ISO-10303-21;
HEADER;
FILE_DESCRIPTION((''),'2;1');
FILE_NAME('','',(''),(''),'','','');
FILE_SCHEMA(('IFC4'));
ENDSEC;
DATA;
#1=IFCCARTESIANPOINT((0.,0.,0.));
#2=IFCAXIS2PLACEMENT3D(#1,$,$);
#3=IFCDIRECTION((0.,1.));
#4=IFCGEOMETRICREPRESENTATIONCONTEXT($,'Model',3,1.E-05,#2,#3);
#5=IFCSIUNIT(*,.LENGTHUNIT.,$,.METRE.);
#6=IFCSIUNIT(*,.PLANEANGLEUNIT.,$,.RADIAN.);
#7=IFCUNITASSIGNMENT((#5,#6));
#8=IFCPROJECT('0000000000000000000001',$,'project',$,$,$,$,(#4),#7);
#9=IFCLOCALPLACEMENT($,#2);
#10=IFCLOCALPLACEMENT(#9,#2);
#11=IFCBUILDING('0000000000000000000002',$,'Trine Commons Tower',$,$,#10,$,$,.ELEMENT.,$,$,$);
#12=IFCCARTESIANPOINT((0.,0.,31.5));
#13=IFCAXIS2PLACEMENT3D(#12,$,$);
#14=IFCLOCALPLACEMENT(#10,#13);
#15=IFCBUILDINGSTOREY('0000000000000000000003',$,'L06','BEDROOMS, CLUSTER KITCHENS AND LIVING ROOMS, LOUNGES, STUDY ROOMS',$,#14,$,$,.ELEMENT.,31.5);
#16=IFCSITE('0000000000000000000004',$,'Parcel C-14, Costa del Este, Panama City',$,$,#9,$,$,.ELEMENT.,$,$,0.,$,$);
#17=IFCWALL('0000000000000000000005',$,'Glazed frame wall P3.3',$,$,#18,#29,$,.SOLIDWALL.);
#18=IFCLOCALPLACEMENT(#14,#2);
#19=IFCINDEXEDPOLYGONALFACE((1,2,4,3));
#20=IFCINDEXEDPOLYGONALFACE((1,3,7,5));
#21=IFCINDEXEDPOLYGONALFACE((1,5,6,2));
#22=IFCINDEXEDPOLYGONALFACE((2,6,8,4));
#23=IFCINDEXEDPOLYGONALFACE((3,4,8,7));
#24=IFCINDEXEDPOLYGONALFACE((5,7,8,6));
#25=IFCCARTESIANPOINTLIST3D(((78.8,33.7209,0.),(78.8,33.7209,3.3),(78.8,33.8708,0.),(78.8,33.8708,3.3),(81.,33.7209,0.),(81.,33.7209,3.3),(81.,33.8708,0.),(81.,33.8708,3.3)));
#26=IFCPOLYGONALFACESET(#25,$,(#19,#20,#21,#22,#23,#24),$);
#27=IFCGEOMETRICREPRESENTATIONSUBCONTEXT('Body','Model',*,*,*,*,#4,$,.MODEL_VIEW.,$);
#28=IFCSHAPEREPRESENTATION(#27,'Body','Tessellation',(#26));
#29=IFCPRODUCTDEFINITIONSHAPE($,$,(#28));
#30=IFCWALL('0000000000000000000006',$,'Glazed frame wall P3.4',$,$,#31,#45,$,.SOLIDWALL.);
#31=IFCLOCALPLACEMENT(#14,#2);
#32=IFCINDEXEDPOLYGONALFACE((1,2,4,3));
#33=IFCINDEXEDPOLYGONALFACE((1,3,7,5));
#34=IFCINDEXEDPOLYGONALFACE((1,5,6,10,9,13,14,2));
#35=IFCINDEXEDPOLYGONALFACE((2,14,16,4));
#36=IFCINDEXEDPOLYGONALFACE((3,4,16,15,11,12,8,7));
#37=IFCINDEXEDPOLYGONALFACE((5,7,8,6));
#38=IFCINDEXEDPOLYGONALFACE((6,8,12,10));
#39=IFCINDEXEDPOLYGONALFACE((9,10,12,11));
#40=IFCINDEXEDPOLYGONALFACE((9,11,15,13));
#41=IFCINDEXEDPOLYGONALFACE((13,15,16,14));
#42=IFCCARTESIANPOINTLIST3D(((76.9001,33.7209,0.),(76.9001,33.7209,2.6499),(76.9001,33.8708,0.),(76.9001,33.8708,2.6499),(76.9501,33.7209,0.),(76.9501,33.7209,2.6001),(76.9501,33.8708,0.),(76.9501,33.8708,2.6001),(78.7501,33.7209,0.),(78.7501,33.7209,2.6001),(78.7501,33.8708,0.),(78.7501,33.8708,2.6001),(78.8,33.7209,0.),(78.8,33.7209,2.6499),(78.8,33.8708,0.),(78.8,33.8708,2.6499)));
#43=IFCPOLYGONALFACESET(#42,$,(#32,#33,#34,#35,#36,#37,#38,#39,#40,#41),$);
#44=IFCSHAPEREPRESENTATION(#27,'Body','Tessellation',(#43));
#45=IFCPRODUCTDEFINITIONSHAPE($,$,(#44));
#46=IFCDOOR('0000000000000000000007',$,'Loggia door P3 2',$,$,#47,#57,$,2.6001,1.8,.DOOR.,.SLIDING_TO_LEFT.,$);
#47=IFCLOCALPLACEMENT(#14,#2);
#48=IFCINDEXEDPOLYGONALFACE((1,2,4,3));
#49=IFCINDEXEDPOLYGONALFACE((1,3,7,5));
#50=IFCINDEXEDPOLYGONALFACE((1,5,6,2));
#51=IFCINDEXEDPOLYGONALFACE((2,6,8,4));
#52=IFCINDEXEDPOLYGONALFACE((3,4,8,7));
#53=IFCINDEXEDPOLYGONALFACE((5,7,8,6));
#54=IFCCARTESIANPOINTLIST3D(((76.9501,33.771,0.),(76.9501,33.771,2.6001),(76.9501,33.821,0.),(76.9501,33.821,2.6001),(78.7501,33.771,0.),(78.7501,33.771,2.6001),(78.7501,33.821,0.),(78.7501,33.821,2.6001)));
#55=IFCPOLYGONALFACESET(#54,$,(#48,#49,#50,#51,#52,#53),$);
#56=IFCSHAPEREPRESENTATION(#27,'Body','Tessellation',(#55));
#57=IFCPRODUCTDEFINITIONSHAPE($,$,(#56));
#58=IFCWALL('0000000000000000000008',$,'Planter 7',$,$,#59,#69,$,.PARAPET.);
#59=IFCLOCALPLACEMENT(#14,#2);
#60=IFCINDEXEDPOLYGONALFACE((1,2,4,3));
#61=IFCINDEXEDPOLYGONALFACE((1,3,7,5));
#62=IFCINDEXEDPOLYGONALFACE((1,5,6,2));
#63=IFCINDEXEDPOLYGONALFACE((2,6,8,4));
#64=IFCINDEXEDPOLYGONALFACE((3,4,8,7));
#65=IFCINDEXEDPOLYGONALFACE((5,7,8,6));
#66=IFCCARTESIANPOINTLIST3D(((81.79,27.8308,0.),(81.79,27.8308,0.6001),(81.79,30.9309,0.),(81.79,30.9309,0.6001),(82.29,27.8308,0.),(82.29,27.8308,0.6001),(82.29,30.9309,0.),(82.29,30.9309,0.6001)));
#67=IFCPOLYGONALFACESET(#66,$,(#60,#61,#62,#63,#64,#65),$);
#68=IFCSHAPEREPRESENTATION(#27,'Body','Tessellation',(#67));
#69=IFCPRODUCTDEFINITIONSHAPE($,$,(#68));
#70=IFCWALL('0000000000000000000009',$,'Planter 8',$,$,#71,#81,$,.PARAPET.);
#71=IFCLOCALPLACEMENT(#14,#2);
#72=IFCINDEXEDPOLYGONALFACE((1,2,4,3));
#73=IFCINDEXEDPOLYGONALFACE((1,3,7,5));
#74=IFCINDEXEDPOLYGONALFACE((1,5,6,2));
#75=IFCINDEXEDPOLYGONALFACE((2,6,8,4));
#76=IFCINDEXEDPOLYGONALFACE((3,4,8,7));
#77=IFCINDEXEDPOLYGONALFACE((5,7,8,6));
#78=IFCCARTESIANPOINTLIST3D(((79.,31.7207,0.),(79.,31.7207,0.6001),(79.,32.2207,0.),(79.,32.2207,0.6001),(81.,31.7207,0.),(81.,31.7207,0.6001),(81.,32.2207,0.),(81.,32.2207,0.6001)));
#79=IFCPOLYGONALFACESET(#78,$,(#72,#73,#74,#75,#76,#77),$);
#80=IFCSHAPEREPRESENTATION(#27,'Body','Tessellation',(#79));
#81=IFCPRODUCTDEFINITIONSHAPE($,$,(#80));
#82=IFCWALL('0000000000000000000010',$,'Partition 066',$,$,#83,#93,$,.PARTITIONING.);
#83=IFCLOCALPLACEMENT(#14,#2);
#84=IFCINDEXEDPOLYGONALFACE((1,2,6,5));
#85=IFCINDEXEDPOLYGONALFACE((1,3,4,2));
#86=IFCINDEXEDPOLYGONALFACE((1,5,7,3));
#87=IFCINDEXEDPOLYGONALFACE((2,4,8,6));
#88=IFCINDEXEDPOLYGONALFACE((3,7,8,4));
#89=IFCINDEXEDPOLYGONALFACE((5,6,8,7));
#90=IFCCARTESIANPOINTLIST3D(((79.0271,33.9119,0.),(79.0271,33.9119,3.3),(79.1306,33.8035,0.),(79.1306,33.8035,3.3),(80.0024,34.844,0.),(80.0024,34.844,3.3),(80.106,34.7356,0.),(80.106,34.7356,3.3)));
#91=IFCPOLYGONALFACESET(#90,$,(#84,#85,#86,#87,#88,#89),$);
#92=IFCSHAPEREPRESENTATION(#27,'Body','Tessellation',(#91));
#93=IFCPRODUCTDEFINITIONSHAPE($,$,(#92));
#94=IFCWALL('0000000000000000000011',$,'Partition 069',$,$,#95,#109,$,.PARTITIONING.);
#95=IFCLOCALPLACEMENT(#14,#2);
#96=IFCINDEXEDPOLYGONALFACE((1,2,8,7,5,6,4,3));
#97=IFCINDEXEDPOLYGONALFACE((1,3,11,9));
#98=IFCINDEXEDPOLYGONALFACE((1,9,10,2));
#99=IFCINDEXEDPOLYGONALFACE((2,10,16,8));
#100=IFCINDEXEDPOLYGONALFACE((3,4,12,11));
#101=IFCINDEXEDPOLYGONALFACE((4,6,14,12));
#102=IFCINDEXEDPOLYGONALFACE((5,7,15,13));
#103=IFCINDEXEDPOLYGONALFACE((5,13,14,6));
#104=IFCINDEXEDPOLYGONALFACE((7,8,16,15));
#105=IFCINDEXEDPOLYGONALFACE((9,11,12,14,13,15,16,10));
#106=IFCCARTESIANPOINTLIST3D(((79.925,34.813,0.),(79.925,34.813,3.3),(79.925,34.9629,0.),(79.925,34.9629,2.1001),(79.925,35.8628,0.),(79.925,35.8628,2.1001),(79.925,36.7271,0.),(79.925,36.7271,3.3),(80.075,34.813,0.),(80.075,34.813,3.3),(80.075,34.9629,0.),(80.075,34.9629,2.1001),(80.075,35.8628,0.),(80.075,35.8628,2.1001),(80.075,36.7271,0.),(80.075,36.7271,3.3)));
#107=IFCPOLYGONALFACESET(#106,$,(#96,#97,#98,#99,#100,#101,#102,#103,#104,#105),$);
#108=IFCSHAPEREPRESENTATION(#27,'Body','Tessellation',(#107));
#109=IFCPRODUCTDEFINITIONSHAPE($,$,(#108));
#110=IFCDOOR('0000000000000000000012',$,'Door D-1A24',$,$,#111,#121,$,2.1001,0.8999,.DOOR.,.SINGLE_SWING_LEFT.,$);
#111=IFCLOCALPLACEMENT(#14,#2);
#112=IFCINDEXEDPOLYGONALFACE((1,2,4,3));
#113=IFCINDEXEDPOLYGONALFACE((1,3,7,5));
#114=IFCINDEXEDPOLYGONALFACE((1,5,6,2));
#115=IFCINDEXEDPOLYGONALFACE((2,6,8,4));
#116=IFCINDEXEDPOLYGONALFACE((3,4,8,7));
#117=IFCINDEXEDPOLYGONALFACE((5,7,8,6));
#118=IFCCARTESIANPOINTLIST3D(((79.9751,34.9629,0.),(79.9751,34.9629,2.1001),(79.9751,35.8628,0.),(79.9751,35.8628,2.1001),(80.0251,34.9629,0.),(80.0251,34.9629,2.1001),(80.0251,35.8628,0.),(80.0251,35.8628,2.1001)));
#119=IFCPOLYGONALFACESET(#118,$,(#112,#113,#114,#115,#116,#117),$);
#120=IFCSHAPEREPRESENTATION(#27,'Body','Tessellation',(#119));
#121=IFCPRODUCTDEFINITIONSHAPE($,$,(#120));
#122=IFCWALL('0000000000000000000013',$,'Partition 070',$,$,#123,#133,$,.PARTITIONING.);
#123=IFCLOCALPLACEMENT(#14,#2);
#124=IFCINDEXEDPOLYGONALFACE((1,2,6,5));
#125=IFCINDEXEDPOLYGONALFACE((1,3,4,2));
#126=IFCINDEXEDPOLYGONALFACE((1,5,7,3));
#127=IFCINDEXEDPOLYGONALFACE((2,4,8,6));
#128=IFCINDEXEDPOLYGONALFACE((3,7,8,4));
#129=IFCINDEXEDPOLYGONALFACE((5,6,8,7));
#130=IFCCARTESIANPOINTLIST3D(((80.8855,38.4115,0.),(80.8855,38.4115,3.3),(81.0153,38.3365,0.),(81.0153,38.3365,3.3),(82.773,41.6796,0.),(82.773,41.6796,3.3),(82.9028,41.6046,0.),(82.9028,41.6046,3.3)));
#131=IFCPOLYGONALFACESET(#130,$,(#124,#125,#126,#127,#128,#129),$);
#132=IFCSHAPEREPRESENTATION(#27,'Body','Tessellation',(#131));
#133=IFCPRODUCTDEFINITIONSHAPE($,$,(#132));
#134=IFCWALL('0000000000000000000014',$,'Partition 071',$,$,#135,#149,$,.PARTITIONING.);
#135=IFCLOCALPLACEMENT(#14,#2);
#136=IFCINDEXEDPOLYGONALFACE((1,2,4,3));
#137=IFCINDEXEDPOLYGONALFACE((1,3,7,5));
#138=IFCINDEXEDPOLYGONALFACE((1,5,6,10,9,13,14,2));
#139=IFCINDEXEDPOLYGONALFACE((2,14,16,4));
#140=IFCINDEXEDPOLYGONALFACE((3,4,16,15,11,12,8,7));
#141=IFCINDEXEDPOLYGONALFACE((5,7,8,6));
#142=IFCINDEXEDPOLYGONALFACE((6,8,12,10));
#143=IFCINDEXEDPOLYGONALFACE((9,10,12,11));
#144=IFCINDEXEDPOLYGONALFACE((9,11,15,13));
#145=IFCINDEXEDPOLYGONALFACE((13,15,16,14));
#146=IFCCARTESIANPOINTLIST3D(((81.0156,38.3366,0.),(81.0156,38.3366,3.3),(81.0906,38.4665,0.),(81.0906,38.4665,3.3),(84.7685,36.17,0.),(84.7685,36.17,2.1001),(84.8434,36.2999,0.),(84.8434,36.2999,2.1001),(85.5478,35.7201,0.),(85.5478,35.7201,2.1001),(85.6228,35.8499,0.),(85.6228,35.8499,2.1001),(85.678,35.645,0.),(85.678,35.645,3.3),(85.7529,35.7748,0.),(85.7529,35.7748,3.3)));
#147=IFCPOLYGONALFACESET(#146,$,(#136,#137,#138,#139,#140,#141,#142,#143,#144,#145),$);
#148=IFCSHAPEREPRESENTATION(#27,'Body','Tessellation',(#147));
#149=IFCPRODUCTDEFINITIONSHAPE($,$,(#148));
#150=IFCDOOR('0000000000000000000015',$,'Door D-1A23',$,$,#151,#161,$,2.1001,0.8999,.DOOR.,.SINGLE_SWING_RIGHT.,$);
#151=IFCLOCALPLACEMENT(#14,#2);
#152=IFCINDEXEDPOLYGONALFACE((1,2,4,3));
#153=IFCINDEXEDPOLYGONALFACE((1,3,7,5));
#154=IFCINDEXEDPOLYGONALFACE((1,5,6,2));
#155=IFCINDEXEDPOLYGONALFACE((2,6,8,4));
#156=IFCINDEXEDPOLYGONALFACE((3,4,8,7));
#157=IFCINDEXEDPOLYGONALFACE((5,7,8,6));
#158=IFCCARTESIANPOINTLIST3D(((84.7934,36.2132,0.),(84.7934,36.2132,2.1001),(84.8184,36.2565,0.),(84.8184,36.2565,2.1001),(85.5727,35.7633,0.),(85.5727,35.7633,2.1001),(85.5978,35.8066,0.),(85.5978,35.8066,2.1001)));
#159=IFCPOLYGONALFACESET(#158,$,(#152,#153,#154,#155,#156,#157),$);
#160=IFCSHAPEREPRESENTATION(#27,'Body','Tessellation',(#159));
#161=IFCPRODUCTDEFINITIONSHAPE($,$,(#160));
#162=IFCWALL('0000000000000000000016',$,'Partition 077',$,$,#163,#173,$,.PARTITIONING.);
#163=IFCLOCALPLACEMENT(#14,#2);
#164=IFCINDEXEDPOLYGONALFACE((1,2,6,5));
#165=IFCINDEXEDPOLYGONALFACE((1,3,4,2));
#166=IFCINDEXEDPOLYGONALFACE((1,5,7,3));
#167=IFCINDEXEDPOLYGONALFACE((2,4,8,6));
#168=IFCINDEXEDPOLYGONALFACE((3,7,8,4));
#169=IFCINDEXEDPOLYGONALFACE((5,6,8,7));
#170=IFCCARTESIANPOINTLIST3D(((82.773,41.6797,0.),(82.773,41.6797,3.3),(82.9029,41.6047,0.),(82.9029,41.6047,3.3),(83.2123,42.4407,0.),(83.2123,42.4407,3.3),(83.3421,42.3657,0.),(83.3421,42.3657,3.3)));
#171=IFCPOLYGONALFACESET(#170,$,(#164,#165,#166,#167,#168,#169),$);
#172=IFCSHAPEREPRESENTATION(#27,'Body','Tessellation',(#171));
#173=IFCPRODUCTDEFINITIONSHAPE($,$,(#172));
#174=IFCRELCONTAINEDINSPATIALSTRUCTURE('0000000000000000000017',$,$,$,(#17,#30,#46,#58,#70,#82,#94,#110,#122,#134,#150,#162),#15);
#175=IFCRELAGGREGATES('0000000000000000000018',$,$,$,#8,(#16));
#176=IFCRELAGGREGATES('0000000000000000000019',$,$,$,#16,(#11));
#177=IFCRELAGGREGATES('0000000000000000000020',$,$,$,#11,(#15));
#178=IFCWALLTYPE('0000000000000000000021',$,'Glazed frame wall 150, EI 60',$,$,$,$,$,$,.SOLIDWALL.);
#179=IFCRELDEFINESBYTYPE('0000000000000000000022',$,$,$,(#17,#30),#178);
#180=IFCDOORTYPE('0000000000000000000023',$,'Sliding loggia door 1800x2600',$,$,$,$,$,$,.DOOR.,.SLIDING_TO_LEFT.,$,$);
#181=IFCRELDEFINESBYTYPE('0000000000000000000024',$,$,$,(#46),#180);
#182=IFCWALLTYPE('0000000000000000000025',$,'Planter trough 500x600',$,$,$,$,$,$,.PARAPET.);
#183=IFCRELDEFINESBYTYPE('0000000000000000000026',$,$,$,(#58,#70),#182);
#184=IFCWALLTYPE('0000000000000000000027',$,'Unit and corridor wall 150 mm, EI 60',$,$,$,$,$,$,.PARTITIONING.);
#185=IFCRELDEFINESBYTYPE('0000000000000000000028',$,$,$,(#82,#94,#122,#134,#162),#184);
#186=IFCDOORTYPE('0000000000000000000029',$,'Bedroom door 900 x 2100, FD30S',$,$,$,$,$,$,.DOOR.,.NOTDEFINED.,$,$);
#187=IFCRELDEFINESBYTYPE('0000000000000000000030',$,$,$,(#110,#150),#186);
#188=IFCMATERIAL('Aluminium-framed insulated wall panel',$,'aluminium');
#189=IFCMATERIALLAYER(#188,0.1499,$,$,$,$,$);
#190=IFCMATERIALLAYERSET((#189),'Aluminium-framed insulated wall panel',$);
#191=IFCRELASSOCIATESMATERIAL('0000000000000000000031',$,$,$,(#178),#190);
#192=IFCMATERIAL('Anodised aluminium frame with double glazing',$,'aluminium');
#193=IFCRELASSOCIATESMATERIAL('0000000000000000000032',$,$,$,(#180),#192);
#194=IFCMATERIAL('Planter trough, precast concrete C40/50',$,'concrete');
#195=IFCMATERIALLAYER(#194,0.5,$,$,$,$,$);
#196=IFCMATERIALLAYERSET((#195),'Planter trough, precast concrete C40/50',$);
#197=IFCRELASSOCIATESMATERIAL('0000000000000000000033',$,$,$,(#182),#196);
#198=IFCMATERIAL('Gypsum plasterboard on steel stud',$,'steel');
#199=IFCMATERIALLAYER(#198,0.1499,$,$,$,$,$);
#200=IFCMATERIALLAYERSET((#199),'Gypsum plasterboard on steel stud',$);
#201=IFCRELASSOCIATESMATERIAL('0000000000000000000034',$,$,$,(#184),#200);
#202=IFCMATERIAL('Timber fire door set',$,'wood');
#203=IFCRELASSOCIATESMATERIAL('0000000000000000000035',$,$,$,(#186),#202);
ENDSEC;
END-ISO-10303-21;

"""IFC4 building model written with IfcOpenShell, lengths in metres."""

from ifc_helpers import new_model, si_unit, direction, frame, frame_2d, origin, place, context, subcontext, project, spatial, polyline, rectangle, outline, extrude, material, layer, layer_set, type_object, element, fill, save


model = new_model("IFC4")

# Units and contexts
model_context = context("Model", 3, precision=1e-05, world=origin(), true_north=direction((0.0, 1.0)))
body_context = subcontext(model_context, "Body", "Model", "MODEL_VIEW")
ifc_project = project(units=[si_unit("LENGTHUNIT", "METRE"), si_unit("PLANEANGLEUNIT", "RADIAN")], contexts=[model_context])

# Site, building, storey
site_placement = place(None, origin())
site = spatial("IfcSite", under=ifc_project, at=site_placement, Name="Parcel C-14, Costa del Este, Panama City", CompositionType="ELEMENT", RefElevation=0.0)
building_placement = place(site_placement, origin())
building = spatial("IfcBuilding", under=site, at=building_placement, Name="Trine Commons Tower", CompositionType="ELEMENT")
storey_placement = place(building_placement, frame((0.0, 0.0, 31.5)))
storey = spatial("IfcBuildingStorey", under=building, at=storey_placement, Name="L06", Description="BEDROOMS, CLUSTER KITCHENS AND LIVING ROOMS, LOUNGES, STUDY ROOMS", CompositionType="ELEMENT", Elevation=31.5)

# Shared definitions
ifc_material_1 = material(Name="Aluminium-framed insulated wall panel", Category="aluminium")
ifc_layer_1 = layer(ifc_material_1, 0.1499)
ifc_layer_set_1 = layer_set([ifc_layer_1], Name="Aluminium-framed insulated wall panel")
wall_type_1 = type_object("IfcWallType", Name="Glazed frame wall 150, EI 60", PredefinedType="SOLIDWALL", material=ifc_layer_set_1)

# Shared definitions
ifc_material_2 = material(Name="Anodised aluminium frame with double glazing", Category="aluminium")
door_type_1 = type_object("IfcDoorType", Name="Sliding loggia door 1800x2600", OperationType="SLIDING_TO_LEFT", PredefinedType="DOOR", material=ifc_material_2)

# Wall
wall_1_placement = place(storey_placement, frame((81.0, 33.7959, 0.0), z_axis=(0.0, 0.0, 1.0), x_axis=(-1.0, 0.0, 0.0)))
element("IfcWall", 1, at=wall_1_placement, inside=storey, type_object=wall_type_1, Name="Glazed frame wall P3.3", PredefinedType="SOLIDWALL", context=body_context, shape_type="SweptSolid", body=[
    extrude(outline(polyline([(0.0, -0.075), (2.2, -0.075), (2.2, 0.075), (0.0, 0.075), (0.0, -0.075)])), origin(), (0.0, 0.0, 1.0), 3.3),
])

# Wall, opening, door
wall_2_placement = place(storey_placement, frame((78.8, 33.7959, 0.0), z_axis=(0.0, 0.0, 1.0), x_axis=(-1.0, 0.0, 0.0)))
wall_2 = element("IfcWall", 2, at=wall_2_placement, inside=storey, type_object=wall_type_1, Name="Glazed frame wall P3.4", PredefinedType="SOLIDWALL", context=body_context, shape_type="SweptSolid", body=[
    extrude(outline(polyline([(0.0, -0.075), (1.8999, -0.075), (1.8999, 0.075), (0.0, 0.075), (0.0, -0.075)])), origin(), (0.0, 0.0, 1.0), 2.6499),
])
opening_1_placement = place(wall_2_placement, frame((0.05, 0.0, 0.0)))
opening_1 = element("IfcOpeningElement", 3, at=opening_1_placement, cuts=wall_2, PredefinedType="OPENING", context=body_context, shape_type="SweptSolid", body=[
    extrude(rectangle(XDim=1.8, YDim=2.6001, at=frame_2d((0.8999, 1.3))), frame((0.0, 0.085, 0.0), z_axis=(0.0, -1.0, 0.0), x_axis=(1.0, 0.0, 0.0)), (0.0, 0.0, 1.0), 0.1699),
])
door_1_placement = place(opening_1_placement, origin())
door_1 = element("IfcDoor", 4, at=door_1_placement, inside=storey, type_object=door_type_1, Name="Loggia door P3 2", OperationType="SLIDING_TO_LEFT", OverallHeight=2.6001, OverallWidth=1.8, PredefinedType="DOOR", context=body_context, shape_type="SweptSolid", body=[
    extrude(rectangle(XDim=1.8, YDim=2.6001, at=frame_2d((0.8999, 1.3))), frame((0.0, 0.0249, 0.0), z_axis=(0.0, -1.0, 0.0), x_axis=(1.0, 0.0, 0.0)), (0.0, 0.0, 1.0), 0.05),
])
fill(opening_1, door_1)

# Walls
ifc_material_3 = material(Name="Planter trough, precast concrete C40/50", Category="concrete")
ifc_layer_2 = layer(ifc_material_3, 0.5)
ifc_layer_set_2 = layer_set([ifc_layer_2], Name="Planter trough, precast concrete C40/50")
wall_type_2 = type_object("IfcWallType", Name="Planter trough 500x600", PredefinedType="PARAPET", material=ifc_layer_set_2)
wall_3_placement = place(storey_placement, frame((82.04, 27.8308, 0.0), z_axis=(0.0, 0.0, 1.0), x_axis=(0.0, 1.0, 0.0)))
element("IfcWall", 5, at=wall_3_placement, inside=storey, type_object=wall_type_2, Name="Planter 7", PredefinedType="PARAPET", context=body_context, shape_type="SweptSolid", body=[
    extrude(rectangle(XDim=3.1001, YDim=0.5, at=frame_2d((1.55, 0.0))), origin(), (0.0, 0.0, 1.0), 0.6001),
])
wall_4_placement = place(storey_placement, frame((81.0, 31.9707, 0.0), z_axis=(0.0, 0.0, 1.0), x_axis=(-1.0, 0.0, 0.0)))
element("IfcWall", 6, at=wall_4_placement, inside=storey, type_object=wall_type_2, Name="Planter 8", PredefinedType="PARAPET", context=body_context, shape_type="SweptSolid", body=[
    extrude(rectangle(XDim=2.0, YDim=0.5, at=frame_2d((1.0, 0.0))), origin(), (0.0, 0.0, 1.0), 0.6001),
])
ifc_material_4 = material(Name="Gypsum plasterboard on steel stud", Category="steel")
ifc_layer_3 = layer(ifc_material_4, 0.1499)
ifc_layer_set_3 = layer_set([ifc_layer_3], Name="Gypsum plasterboard on steel stud")
wall_type_3 = type_object("IfcWallType", Name="Unit and corridor wall 150 mm, EI 60", PredefinedType="PARTITIONING", material=ifc_layer_set_3)
wall_5_placement = place(storey_placement, frame((79.0789, 33.8577, 0.0), z_axis=(0.0, 0.0, 1.0), x_axis=(0.72294, 0.69091, 0.0)))
element("IfcWall", 7, at=wall_5_placement, inside=storey, type_object=wall_type_3, Name="Partition 066", PredefinedType="PARTITIONING", context=body_context, shape_type="SweptSolid", body=[
    extrude(rectangle(XDim=1.3491, YDim=0.1499, at=frame_2d((0.6746, 0.0))), origin(), (0.0, 0.0, 1.0), 3.3),
])

# Wall, opening, door
wall_6_placement = place(storey_placement, frame((80.0, 34.813, 0.0), z_axis=(0.0, 0.0, 1.0), x_axis=(0.0, 1.0, 0.0)))
wall_6 = element("IfcWall", 8, at=wall_6_placement, inside=storey, type_object=wall_type_3, Name="Partition 069", PredefinedType="PARTITIONING", context=body_context, shape_type="SweptSolid", body=[
    extrude(rectangle(XDim=1.9141, YDim=0.1499, at=frame_2d((0.957, 0.0))), origin(), (0.0, 0.0, 1.0), 3.3),
])
opening_2_placement = place(wall_6_placement, frame((0.1499, 0.0, 0.0)))
opening_2 = element("IfcOpeningElement", 9, at=opening_2_placement, cuts=wall_6, PredefinedType="OPENING", context=body_context, shape_type="SweptSolid", body=[
    extrude(rectangle(XDim=0.8999, YDim=2.1001, at=frame_2d((0.45, 1.05))), frame((0.0, 0.085, 0.0), z_axis=(0.0, -1.0, 0.0), x_axis=(1.0, 0.0, 0.0)), (0.0, 0.0, 1.0), 0.1699),
])
ifc_material_5 = material(Name="Timber fire door set", Category="wood")
door_type_2 = type_object("IfcDoorType", Name="Bedroom door 900 x 2100, FD30S", OperationType="NOTDEFINED", PredefinedType="DOOR", material=ifc_material_5)
door_2_placement = place(opening_2_placement, origin())
door_2 = element("IfcDoor", 10, at=door_2_placement, inside=storey, type_object=door_type_2, Name="Door D-1A24", OperationType="SINGLE_SWING_LEFT", OverallHeight=2.1001, OverallWidth=0.8999, PredefinedType="DOOR", context=body_context, shape_type="SweptSolid", body=[
    extrude(rectangle(XDim=0.8999, YDim=2.1001, at=frame_2d((0.45, 1.05))), frame((0.0, 0.0249, 0.0), z_axis=(0.0, -1.0, 0.0), x_axis=(1.0, 0.0, 0.0)), (0.0, 0.0, 1.0), 0.05),
])
fill(opening_2, door_2)

# Wall
wall_7_placement = place(storey_placement, frame((80.9504, 38.374, 0.0), z_axis=(0.0, 0.0, 1.0), x_axis=(0.500126, 0.865953, 0.0)))
element("IfcWall", 11, at=wall_7_placement, inside=storey, type_object=wall_type_3, Name="Partition 070", PredefinedType="PARTITIONING", context=body_context, shape_type="SweptSolid", body=[
    extrude(rectangle(XDim=3.7739, YDim=0.1499, at=frame_2d((1.887, 0.0))), origin(), (0.0, 0.0, 1.0), 3.3),
])

# Wall, opening, door
wall_8_placement = place(storey_placement, frame((81.053, 38.4016, 0.0), z_axis=(0.0, 0.0, 1.0), x_axis=(0.866038, -0.499978, 0.0)))
wall_8 = element("IfcWall", 12, at=wall_8_placement, inside=storey, type_object=wall_type_3, Name="Partition 071", PredefinedType="PARTITIONING", context=body_context, shape_type="SweptSolid", body=[
    extrude(rectangle(XDim=5.3835, YDim=0.1499, at=frame_2d((2.6919, 0.0))), origin(), (0.0, 0.0, 1.0), 3.3),
])
opening_3_placement = place(wall_8_placement, frame((4.3335, 0.0, 0.0)))
opening_3 = element("IfcOpeningElement", 13, at=opening_3_placement, cuts=wall_8, PredefinedType="OPENING", context=body_context, shape_type="SweptSolid", body=[
    extrude(rectangle(XDim=0.8999, YDim=2.1001, at=frame_2d((0.45, 1.05))), frame((0.0, 0.085, 0.0), z_axis=(0.0, -1.0, 0.0), x_axis=(1.0, 0.0, 0.0)), (0.0, 0.0, 1.0), 0.1699),
])
door_3_placement = place(opening_3_placement, origin())
door_3 = element("IfcDoor", 14, at=door_3_placement, inside=storey, type_object=door_type_2, Name="Door D-1A23", OperationType="SINGLE_SWING_RIGHT", OverallHeight=2.1001, OverallWidth=0.8999, PredefinedType="DOOR", context=body_context, shape_type="SweptSolid", body=[
    extrude(rectangle(XDim=0.8999, YDim=2.1001, at=frame_2d((0.45, 1.05))), frame((0.0, 0.0249, 0.0), z_axis=(0.0, -1.0, 0.0), x_axis=(1.0, 0.0, 0.0)), (0.0, 0.0, 1.0), 0.05),
])
fill(opening_3, door_3)

# Wall
wall_9_placement = place(storey_placement, frame((82.8379, 41.6421, 0.0), z_axis=(0.0, 0.0, 1.0), x_axis=(0.499875, 0.866098, 0.0)))
element("IfcWall", 15, at=wall_9_placement, inside=storey, type_object=wall_type_3, Name="Partition 077", PredefinedType="PARTITIONING", context=body_context, shape_type="SweptSolid", body=[
    extrude(rectangle(XDim=0.8787, YDim=0.1499, at=frame_2d((0.4395, 0.0))), origin(), (0.0, 0.0, 1.0), 3.3),
])

save(model, "model.ifc")
